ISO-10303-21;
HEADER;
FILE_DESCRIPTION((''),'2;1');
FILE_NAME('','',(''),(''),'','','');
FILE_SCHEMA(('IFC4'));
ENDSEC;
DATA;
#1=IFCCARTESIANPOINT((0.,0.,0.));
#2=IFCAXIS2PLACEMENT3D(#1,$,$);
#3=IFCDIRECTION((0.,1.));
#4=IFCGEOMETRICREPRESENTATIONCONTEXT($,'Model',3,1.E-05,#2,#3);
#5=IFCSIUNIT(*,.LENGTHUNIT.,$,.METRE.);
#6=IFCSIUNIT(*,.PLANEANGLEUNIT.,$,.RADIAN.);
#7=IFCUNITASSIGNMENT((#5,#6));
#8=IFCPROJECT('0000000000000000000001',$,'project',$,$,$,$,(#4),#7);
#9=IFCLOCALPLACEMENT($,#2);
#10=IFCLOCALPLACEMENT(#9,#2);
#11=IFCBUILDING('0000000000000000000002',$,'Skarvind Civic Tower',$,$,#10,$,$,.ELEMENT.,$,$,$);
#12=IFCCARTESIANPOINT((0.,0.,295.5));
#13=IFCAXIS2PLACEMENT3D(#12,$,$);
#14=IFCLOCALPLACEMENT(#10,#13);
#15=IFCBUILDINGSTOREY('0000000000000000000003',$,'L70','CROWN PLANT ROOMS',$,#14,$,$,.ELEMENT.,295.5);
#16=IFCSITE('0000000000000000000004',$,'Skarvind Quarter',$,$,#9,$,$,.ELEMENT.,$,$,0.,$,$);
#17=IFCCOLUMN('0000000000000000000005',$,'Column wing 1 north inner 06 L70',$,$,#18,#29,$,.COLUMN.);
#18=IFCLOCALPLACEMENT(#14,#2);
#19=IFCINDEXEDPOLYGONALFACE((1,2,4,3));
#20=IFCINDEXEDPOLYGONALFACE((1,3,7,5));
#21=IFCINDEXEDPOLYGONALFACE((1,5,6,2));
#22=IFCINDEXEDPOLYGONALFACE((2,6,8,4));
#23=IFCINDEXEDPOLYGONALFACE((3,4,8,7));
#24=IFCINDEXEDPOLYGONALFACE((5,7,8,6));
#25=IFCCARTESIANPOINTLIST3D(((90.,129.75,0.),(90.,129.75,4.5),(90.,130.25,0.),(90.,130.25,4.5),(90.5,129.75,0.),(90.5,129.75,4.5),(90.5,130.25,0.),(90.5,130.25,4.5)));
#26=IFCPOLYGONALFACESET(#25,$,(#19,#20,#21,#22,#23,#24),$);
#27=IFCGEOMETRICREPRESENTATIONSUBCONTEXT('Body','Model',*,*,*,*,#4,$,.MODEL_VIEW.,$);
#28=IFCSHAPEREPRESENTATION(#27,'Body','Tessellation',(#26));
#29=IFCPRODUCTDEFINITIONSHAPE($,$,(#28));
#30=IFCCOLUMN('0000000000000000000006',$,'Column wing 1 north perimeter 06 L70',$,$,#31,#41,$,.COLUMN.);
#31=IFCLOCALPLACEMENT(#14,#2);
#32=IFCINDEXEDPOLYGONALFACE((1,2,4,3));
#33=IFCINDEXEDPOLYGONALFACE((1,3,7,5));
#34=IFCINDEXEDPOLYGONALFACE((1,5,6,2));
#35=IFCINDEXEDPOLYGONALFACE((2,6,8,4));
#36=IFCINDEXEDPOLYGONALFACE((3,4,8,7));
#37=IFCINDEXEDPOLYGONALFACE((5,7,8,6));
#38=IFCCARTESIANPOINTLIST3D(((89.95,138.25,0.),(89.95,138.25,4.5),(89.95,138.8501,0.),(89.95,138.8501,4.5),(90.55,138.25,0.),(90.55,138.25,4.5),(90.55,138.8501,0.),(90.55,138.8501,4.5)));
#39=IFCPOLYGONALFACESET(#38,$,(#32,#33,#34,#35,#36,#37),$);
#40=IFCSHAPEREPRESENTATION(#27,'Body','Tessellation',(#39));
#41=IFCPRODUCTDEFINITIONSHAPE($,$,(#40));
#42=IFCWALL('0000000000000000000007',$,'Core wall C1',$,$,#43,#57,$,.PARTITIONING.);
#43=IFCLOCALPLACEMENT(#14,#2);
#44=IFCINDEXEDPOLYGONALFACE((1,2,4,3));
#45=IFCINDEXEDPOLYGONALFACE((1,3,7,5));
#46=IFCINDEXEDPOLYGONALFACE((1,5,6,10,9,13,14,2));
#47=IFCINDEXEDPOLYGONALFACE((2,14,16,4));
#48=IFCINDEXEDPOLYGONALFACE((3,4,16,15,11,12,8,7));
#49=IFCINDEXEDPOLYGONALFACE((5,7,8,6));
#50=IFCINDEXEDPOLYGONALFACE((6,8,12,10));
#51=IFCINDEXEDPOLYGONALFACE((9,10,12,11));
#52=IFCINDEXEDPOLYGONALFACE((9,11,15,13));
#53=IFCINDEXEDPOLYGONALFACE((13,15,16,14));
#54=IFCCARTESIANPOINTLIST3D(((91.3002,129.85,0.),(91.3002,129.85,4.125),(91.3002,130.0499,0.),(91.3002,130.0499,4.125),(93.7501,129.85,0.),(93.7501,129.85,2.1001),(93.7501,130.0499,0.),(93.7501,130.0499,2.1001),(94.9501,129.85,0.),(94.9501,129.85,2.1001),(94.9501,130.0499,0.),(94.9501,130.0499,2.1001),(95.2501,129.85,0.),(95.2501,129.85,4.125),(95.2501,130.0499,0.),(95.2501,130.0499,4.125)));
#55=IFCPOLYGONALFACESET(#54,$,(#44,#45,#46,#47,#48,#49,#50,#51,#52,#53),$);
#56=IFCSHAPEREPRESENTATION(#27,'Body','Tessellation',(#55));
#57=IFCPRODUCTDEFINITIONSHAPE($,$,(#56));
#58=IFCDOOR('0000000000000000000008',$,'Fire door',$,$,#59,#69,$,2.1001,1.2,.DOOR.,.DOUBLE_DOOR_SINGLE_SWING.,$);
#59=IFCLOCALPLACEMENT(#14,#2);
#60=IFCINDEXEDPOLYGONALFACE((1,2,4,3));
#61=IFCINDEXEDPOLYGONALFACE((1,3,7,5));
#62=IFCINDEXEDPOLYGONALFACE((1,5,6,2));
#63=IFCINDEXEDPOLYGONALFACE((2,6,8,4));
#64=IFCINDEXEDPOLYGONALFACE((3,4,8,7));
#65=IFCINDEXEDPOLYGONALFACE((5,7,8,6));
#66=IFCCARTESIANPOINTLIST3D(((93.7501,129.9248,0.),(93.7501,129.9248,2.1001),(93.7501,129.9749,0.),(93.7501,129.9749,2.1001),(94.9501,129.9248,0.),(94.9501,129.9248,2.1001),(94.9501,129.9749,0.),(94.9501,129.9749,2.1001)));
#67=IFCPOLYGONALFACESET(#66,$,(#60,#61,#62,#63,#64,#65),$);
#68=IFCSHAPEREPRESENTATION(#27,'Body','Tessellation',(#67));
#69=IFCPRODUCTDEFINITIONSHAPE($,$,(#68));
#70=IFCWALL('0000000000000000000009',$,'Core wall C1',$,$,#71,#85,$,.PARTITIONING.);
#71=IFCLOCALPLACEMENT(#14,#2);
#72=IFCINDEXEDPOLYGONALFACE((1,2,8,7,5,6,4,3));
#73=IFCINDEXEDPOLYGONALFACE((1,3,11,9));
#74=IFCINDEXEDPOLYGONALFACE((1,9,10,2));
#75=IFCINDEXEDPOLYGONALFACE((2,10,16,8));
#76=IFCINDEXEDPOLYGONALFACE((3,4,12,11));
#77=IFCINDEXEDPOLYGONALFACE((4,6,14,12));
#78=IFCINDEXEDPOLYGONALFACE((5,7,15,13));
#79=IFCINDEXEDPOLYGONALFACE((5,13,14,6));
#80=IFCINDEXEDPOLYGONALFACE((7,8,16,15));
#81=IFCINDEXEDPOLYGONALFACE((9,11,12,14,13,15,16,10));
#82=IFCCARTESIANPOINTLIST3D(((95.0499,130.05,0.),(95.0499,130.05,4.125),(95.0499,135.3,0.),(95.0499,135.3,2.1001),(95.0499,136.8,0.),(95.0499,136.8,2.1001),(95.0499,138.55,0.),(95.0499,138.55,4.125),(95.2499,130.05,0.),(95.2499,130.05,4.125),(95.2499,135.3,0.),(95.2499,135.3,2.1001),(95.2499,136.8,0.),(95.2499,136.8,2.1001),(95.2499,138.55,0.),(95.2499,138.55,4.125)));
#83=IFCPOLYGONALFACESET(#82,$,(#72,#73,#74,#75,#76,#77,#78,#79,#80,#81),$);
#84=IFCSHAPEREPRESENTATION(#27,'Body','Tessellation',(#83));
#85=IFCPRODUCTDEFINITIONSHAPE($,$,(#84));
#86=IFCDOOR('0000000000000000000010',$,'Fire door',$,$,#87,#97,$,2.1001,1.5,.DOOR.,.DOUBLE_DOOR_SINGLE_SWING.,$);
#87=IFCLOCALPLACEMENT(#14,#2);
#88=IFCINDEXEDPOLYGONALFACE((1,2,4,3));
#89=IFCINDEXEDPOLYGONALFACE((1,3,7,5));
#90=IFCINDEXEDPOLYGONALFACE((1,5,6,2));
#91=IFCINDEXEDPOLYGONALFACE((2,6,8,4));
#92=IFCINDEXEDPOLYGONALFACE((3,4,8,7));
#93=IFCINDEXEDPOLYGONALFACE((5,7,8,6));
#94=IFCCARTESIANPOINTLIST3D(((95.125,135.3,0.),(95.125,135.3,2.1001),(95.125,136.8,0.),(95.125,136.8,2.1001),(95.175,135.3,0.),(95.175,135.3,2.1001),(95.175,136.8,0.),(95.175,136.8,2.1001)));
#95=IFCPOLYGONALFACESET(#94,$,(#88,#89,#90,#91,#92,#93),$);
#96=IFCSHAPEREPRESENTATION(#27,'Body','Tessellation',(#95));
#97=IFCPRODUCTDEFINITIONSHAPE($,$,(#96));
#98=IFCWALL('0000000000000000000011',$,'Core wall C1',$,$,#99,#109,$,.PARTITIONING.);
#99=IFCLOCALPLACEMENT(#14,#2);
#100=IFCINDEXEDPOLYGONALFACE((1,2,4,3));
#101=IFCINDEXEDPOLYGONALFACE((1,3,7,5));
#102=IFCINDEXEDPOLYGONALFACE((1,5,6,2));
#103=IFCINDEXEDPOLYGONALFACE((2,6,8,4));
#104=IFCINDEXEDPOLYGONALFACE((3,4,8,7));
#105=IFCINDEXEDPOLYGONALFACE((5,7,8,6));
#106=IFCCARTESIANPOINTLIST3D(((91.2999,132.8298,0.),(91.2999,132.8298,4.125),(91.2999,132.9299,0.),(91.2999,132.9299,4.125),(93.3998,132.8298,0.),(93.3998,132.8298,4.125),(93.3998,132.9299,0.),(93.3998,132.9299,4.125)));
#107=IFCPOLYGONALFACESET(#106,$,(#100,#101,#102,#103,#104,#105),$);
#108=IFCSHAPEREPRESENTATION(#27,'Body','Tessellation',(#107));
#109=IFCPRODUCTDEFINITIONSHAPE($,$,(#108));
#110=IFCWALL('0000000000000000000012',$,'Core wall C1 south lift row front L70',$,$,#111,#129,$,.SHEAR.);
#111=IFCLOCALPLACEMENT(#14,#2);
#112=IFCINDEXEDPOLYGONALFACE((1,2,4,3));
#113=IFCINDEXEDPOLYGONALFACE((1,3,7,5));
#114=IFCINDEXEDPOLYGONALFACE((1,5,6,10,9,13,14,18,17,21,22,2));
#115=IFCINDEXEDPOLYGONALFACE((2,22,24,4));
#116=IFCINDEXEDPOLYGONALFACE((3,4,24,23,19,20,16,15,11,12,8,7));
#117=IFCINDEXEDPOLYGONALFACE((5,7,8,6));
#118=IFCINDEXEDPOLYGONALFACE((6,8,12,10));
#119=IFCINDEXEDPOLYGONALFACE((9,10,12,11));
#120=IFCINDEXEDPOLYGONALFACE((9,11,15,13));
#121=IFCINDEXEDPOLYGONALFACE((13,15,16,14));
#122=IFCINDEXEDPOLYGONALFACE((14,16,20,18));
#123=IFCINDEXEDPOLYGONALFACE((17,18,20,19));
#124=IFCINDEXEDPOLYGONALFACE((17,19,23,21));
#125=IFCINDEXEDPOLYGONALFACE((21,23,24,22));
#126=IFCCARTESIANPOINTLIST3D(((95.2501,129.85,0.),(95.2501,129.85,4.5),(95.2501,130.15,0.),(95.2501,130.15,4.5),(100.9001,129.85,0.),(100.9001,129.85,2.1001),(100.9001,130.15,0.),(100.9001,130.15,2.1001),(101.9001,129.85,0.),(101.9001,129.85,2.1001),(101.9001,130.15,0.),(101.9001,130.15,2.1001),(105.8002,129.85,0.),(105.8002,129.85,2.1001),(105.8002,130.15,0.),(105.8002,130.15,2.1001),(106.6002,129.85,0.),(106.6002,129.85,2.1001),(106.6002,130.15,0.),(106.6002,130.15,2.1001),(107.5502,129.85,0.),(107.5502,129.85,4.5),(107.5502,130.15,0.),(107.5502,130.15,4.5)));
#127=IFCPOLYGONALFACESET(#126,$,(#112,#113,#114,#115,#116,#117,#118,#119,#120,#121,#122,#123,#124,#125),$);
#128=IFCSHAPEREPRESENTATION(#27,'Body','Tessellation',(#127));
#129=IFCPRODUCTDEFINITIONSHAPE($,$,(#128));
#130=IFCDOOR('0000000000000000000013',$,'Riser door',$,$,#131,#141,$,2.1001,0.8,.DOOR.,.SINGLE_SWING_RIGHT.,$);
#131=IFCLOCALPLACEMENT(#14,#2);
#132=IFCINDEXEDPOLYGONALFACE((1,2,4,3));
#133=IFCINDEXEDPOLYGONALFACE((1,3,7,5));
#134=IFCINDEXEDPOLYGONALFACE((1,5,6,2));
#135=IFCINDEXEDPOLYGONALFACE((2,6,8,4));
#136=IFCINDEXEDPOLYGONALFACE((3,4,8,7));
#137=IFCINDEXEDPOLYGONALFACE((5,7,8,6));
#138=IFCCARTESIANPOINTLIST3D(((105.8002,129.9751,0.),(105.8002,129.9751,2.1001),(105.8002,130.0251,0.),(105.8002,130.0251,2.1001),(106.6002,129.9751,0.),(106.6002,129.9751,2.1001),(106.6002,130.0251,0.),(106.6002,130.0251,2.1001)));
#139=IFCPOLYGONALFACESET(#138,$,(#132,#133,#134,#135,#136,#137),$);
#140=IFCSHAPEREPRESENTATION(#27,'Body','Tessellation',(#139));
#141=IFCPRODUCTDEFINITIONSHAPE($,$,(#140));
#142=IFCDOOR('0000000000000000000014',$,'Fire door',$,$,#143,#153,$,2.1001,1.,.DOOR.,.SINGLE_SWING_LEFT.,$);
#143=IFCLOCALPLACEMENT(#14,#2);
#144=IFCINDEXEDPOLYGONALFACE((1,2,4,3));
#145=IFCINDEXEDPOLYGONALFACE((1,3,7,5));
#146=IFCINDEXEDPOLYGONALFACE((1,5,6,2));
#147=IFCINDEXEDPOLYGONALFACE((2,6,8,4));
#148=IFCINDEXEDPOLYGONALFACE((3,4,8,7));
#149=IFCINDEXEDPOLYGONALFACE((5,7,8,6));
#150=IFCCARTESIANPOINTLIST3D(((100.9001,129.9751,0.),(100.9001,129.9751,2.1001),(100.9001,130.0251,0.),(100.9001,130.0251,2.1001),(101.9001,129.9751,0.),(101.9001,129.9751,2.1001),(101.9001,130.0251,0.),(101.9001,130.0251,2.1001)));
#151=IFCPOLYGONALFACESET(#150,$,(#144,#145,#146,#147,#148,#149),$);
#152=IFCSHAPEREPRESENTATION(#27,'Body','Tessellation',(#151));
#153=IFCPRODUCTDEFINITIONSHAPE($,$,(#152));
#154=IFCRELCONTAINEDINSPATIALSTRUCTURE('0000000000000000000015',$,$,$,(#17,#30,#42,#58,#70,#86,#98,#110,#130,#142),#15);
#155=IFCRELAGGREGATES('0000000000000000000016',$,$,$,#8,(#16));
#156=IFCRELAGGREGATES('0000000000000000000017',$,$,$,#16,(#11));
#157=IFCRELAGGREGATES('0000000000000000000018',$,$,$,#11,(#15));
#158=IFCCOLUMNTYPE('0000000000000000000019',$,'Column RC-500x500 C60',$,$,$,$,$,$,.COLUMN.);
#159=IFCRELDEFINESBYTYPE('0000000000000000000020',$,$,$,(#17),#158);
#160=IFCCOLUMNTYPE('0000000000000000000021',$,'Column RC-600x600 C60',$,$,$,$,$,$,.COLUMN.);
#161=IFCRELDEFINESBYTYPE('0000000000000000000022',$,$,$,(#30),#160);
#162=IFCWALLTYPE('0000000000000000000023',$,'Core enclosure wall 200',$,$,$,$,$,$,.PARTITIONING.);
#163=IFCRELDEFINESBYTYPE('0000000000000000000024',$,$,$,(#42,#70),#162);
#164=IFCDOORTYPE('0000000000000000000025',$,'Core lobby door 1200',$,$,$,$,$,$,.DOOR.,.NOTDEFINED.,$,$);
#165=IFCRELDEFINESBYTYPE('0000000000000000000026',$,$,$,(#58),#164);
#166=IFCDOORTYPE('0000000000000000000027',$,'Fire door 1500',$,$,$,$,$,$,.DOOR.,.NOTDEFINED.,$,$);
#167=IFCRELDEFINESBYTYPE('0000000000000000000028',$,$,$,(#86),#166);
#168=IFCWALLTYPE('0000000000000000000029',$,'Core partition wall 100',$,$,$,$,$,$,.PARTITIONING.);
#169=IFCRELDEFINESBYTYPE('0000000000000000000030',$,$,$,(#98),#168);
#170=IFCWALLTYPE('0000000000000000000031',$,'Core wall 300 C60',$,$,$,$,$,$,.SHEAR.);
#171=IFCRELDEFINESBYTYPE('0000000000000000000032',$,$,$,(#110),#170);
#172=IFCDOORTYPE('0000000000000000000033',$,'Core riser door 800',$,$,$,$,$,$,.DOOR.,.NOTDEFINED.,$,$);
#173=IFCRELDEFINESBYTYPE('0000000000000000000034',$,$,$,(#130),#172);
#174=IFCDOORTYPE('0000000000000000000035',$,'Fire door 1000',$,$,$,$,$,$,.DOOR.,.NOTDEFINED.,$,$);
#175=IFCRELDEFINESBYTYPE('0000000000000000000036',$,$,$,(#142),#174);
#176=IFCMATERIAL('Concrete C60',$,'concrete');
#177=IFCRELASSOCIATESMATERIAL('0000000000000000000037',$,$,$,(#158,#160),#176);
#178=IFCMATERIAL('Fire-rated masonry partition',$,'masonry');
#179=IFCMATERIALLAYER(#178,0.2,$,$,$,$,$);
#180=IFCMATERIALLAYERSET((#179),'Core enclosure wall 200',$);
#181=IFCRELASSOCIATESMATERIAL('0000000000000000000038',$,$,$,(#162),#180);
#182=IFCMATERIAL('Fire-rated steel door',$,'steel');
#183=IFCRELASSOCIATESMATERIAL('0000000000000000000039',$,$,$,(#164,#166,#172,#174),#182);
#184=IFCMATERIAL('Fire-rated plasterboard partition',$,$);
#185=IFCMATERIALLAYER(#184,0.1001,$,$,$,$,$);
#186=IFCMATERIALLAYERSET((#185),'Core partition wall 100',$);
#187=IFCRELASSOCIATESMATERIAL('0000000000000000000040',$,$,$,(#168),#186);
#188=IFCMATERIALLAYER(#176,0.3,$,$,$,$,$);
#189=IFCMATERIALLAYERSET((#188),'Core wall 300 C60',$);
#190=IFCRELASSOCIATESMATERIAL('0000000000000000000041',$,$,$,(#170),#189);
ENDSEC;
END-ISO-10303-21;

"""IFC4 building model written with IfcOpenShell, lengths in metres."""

from ifc_helpers import new_model, si_unit, direction, frame, frame_2d, origin, origin_2d, place, context, subcontext, project, spatial, rectangle, extrude, material, layer, layer_set, material_profile, profile_set, type_object, element, fill, save


model = new_model("IFC4")

# Units and contexts
model_context = context("Model", 3, precision=1e-05, world=origin(), true_north=direction((0.0, 1.0)))
body_context = subcontext(model_context, "Body", "Model", "MODEL_VIEW")
ifc_project = project(units=[si_unit("LENGTHUNIT", "METRE"), si_unit("PLANEANGLEUNIT", "RADIAN")], contexts=[model_context])

# Site, building, storey
site_placement = place(None, origin())
site = spatial("IfcSite", under=ifc_project, at=site_placement, Name="Skarvind Quarter", CompositionType="ELEMENT", RefElevation=0.0)
building_placement = place(site_placement, origin())
building = spatial("IfcBuilding", under=site, at=building_placement, Name="Skarvind Civic Tower", CompositionType="ELEMENT")
storey_placement = place(building_placement, frame((0.0, 0.0, 295.5)))
storey = spatial("IfcBuildingStorey", under=building, at=storey_placement, Name="L70", Description="CROWN PLANT ROOMS", CompositionType="ELEMENT", Elevation=295.5)

# Columns
ifc_material_1 = material(Name="Concrete C60", Category="concrete")
ifc_material_profile_1 = material_profile(ifc_material_1, rectangle(XDim=0.5, YDim=0.5, at=origin_2d()), Name="RC-500x500")
ifc_profile_set_1 = profile_set([ifc_material_profile_1], Name="Concrete C60")
column_type_1 = type_object("IfcColumnType", Name="Column RC-500x500 C60", PredefinedType="COLUMN", material=ifc_profile_set_1)
column_1_placement = place(storey_placement, frame((90.25, 130.0, 0.0), z_axis=(0.0, 0.0, 1.0), x_axis=(1.0, 0.0, 0.0)))
element("IfcColumn", 1, at=column_1_placement, inside=storey, type_object=column_type_1, Name="Column wing 1 north inner 06 L70", PredefinedType="COLUMN", context=body_context, shape_type="SweptSolid", body=[
    extrude(rectangle(XDim=0.5, YDim=0.5, at=origin_2d()), origin(), (0.0, 0.0, 1.0), 4.5),
])
ifc_material_profile_2 = material_profile(ifc_material_1, rectangle(XDim=0.6001, YDim=0.6001, at=origin_2d()), Name="RC-600x600")
ifc_profile_set_2 = profile_set([ifc_material_profile_2], Name="Concrete C60")
column_type_2 = type_object("IfcColumnType", Name="Column RC-600x600 C60", PredefinedType="COLUMN", material=ifc_profile_set_2)
column_2_placement = place(storey_placement, frame((90.25, 138.55, 0.0), z_axis=(0.0, 0.0, 1.0), x_axis=(1.0, 0.0, 0.0)))
element("IfcColumn", 2, at=column_2_placement, inside=storey, type_object=column_type_2, Name="Column wing 1 north perimeter 06 L70", PredefinedType="COLUMN", context=body_context, shape_type="SweptSolid", body=[
    extrude(rectangle(XDim=0.6001, YDim=0.6001, at=origin_2d()), origin(), (0.0, 0.0, 1.0), 4.5),
])

# Walls, openings, doors
ifc_material_2 = material(Name="Fire-rated masonry partition", Category="masonry")
ifc_layer_1 = layer(ifc_material_2, 0.2)
ifc_layer_set_1 = layer_set([ifc_layer_1], Name="Core enclosure wall 200")
wall_type_1 = type_object("IfcWallType", Name="Core enclosure wall 200", PredefinedType="PARTITIONING", material=ifc_layer_set_1)
wall_1_placement = place(storey_placement, frame((91.3, 129.95, 0.0), z_axis=(0.0, 0.0, 1.0), x_axis=(1.0, 0.0, 0.0)))
wall_1 = element("IfcWall", 3, at=wall_1_placement, inside=storey, type_object=wall_type_1, Name="Core wall C1", PredefinedType="PARTITIONING", context=body_context, shape_type="SweptSolid", body=[
    extrude(rectangle(XDim=3.95, YDim=0.2, at=frame_2d((1.9751, 0.0))), origin(), (0.0, 0.0, 1.0), 4.125),
])
opening_1_placement = place(wall_1_placement, frame((2.45, 0.0, 0.0)))
opening_1 = element("IfcOpeningElement", 4, at=opening_1_placement, cuts=wall_1, PredefinedType="OPENING", context=body_context, shape_type="SweptSolid", body=[
    extrude(rectangle(XDim=1.2, YDim=2.1001, at=frame_2d((0.6001, 1.05))), frame((0.0, 0.1099, 0.0), z_axis=(0.0, -1.0, 0.0), x_axis=(1.0, 0.0, 0.0)), (0.0, 0.0, 1.0), 0.22),
])
ifc_material_3 = material(Name="Fire-rated steel door", Category="steel")
door_type_1 = type_object("IfcDoorType", Name="Core lobby door 1200", OperationType="NOTDEFINED", PredefinedType="DOOR", material=ifc_material_3)
door_1_placement = place(opening_1_placement, origin())
door_1 = element("IfcDoor", 5, at=door_1_placement, inside=storey, type_object=door_type_1, Name="Fire door", OperationType="DOUBLE_DOOR_SINGLE_SWING", OverallHeight=2.1001, OverallWidth=1.2, PredefinedType="DOOR", context=body_context, shape_type="SweptSolid", body=[
    extrude(rectangle(XDim=1.2, YDim=2.1001, at=frame_2d((0.6001, 1.05))), frame((0.0, 0.0249, 0.0), z_axis=(0.0, -1.0, 0.0), x_axis=(1.0, 0.0, 0.0)), (0.0, 0.0, 1.0), 0.05),
])
fill(opening_1, door_1)
wall_2_placement = place(storey_placement, frame((95.1499, 130.05, 0.0), z_axis=(0.0, 0.0, 1.0), x_axis=(0.0, 1.0, 0.0)))
wall_2 = element("IfcWall", 6, at=wall_2_placement, inside=storey, type_object=wall_type_1, Name="Core wall C1", PredefinedType="PARTITIONING", context=body_context, shape_type="SweptSolid", body=[
    extrude(rectangle(XDim=8.5, YDim=0.2, at=frame_2d((4.25, 0.0))), origin(), (0.0, 0.0, 1.0), 4.125),
])
opening_2_placement = place(wall_2_placement, frame((5.25, 0.0, 0.0)))
opening_2 = element("IfcOpeningElement", 7, at=opening_2_placement, cuts=wall_2, PredefinedType="OPENING", context=body_context, shape_type="SweptSolid", body=[
    extrude(rectangle(XDim=1.5, YDim=2.1001, at=frame_2d((0.75, 1.05))), frame((0.0, 0.1099, 0.0), z_axis=(0.0, -1.0, 0.0), x_axis=(1.0, 0.0, 0.0)), (0.0, 0.0, 1.0), 0.22),
])
door_type_2 = type_object("IfcDoorType", Name="Fire door 1500", OperationType="NOTDEFINED", PredefinedType="DOOR", material=ifc_material_3)
door_2_placement = place(opening_2_placement, origin())
door_2 = element("IfcDoor", 8, at=door_2_placement, inside=storey, type_object=door_type_2, Name="Fire door", OperationType="DOUBLE_DOOR_SINGLE_SWING", OverallHeight=2.1001, OverallWidth=1.5, PredefinedType="DOOR", context=body_context, shape_type="SweptSolid", body=[
    extrude(rectangle(XDim=1.5, YDim=2.1001, at=frame_2d((0.75, 1.05))), frame((0.0, 0.0249, 0.0), z_axis=(0.0, -1.0, 0.0), x_axis=(1.0, 0.0, 0.0)), (0.0, 0.0, 1.0), 0.05),
])
fill(opening_2, door_2)

# Wall
ifc_material_4 = material(Name="Fire-rated plasterboard partition")
ifc_layer_2 = layer(ifc_material_4, 0.1001)
ifc_layer_set_2 = layer_set([ifc_layer_2], Name="Core partition wall 100")
wall_type_2 = type_object("IfcWallType", Name="Core partition wall 100", PredefinedType="PARTITIONING", material=ifc_layer_set_2)
wall_3_placement = place(storey_placement, frame((91.3, 132.8799, 0.0), z_axis=(0.0, 0.0, 1.0), x_axis=(1.0, 0.0, 0.0)))
element("IfcWall", 9, at=wall_3_placement, inside=storey, type_object=wall_type_2, Name="Core wall C1", PredefinedType="PARTITIONING", context=body_context, shape_type="SweptSolid", body=[
    extrude(rectangle(XDim=2.0999, YDim=0.1001, at=frame_2d((1.0498, 0.0))), origin(), (0.0, 0.0, 1.0), 4.125),
])

# Wall, openings, doors
ifc_layer_3 = layer(ifc_material_1, 0.3)
ifc_layer_set_3 = layer_set([ifc_layer_3], Name="Core wall 300 C60")
wall_type_3 = type_object("IfcWallType", Name="Core wall 300 C60", PredefinedType="SHEAR", material=ifc_layer_set_3)
wall_4_placement = place(storey_placement, frame((107.55, 130.0, 0.0), z_axis=(0.0, 0.0, 1.0), x_axis=(-1.0, 0.0, 0.0)))
wall_4 = element("IfcWall", 10, at=wall_4_placement, inside=storey, type_object=wall_type_3, Name="Core wall C1 south lift row front L70", PredefinedType="SHEAR", context=body_context, shape_type="SweptSolid", body=[
    extrude(rectangle(XDim=12.3, YDim=0.3, at=frame_2d((6.1499, 0.0))), origin(), (0.0, 0.0, 1.0), 4.5),
])
opening_3_placement = place(wall_4_placement, frame((0.95, 0.0, 0.0)))
opening_3 = element("IfcOpeningElement", 11, at=opening_3_placement, cuts=wall_4, PredefinedType="OPENING", context=body_context, shape_type="SweptSolid", body=[
    extrude(rectangle(XDim=0.8, YDim=2.1001, at=frame_2d((0.3999, 1.05))), frame((0.0, 0.1599, 0.0), z_axis=(0.0, -1.0, 0.0), x_axis=(1.0, 0.0, 0.0)), (0.0, 0.0, 1.0), 0.3201),
])
opening_4_placement = place(wall_4_placement, frame((5.6499, 0.0, 0.0)))
opening_4 = element("IfcOpeningElement", 12, at=opening_4_placement, cuts=wall_4, PredefinedType="OPENING", context=body_context, shape_type="SweptSolid", body=[
    extrude(rectangle(XDim=1.0, YDim=2.1001, at=frame_2d((0.5, 1.05))), frame((0.0, 0.1599, 0.0), z_axis=(0.0, -1.0, 0.0), x_axis=(1.0, 0.0, 0.0)), (0.0, 0.0, 1.0), 0.3201),
])
door_type_3 = type_object("IfcDoorType", Name="Core riser door 800", OperationType="NOTDEFINED", PredefinedType="DOOR", material=ifc_material_3)
door_3_placement = place(opening_3_placement, origin())
door_3 = element("IfcDoor", 13, at=door_3_placement, inside=storey, type_object=door_type_3, Name="Riser door", OperationType="SINGLE_SWING_RIGHT", OverallHeight=2.1001, OverallWidth=0.8, PredefinedType="DOOR", context=body_context, shape_type="SweptSolid", body=[
    extrude(rectangle(XDim=0.8, YDim=2.1001, at=frame_2d((0.3999, 1.05))), frame((0.0, 0.0249, 0.0), z_axis=(0.0, -1.0, 0.0), x_axis=(1.0, 0.0, 0.0)), (0.0, 0.0, 1.0), 0.05),
])
fill(opening_3, door_3)
door_type_4 = type_object("IfcDoorType", Name="Fire door 1000", OperationType="NOTDEFINED", PredefinedType="DOOR", material=ifc_material_3)
door_4_placement = place(opening_4_placement, origin())
door_4 = element("IfcDoor", 14, at=door_4_placement, inside=storey, type_object=door_type_4, Name="Fire door", OperationType="SINGLE_SWING_LEFT", OverallHeight=2.1001, OverallWidth=1.0, PredefinedType="DOOR", context=body_context, shape_type="SweptSolid", body=[
    extrude(rectangle(XDim=1.0, YDim=2.1001, at=frame_2d((0.5, 1.05))), frame((0.0, 0.0249, 0.0), z_axis=(0.0, -1.0, 0.0), x_axis=(1.0, 0.0, 0.0)), (0.0, 0.0, 1.0), 0.05),
])
fill(opening_4, door_4)

save(model, "model.ifc")
